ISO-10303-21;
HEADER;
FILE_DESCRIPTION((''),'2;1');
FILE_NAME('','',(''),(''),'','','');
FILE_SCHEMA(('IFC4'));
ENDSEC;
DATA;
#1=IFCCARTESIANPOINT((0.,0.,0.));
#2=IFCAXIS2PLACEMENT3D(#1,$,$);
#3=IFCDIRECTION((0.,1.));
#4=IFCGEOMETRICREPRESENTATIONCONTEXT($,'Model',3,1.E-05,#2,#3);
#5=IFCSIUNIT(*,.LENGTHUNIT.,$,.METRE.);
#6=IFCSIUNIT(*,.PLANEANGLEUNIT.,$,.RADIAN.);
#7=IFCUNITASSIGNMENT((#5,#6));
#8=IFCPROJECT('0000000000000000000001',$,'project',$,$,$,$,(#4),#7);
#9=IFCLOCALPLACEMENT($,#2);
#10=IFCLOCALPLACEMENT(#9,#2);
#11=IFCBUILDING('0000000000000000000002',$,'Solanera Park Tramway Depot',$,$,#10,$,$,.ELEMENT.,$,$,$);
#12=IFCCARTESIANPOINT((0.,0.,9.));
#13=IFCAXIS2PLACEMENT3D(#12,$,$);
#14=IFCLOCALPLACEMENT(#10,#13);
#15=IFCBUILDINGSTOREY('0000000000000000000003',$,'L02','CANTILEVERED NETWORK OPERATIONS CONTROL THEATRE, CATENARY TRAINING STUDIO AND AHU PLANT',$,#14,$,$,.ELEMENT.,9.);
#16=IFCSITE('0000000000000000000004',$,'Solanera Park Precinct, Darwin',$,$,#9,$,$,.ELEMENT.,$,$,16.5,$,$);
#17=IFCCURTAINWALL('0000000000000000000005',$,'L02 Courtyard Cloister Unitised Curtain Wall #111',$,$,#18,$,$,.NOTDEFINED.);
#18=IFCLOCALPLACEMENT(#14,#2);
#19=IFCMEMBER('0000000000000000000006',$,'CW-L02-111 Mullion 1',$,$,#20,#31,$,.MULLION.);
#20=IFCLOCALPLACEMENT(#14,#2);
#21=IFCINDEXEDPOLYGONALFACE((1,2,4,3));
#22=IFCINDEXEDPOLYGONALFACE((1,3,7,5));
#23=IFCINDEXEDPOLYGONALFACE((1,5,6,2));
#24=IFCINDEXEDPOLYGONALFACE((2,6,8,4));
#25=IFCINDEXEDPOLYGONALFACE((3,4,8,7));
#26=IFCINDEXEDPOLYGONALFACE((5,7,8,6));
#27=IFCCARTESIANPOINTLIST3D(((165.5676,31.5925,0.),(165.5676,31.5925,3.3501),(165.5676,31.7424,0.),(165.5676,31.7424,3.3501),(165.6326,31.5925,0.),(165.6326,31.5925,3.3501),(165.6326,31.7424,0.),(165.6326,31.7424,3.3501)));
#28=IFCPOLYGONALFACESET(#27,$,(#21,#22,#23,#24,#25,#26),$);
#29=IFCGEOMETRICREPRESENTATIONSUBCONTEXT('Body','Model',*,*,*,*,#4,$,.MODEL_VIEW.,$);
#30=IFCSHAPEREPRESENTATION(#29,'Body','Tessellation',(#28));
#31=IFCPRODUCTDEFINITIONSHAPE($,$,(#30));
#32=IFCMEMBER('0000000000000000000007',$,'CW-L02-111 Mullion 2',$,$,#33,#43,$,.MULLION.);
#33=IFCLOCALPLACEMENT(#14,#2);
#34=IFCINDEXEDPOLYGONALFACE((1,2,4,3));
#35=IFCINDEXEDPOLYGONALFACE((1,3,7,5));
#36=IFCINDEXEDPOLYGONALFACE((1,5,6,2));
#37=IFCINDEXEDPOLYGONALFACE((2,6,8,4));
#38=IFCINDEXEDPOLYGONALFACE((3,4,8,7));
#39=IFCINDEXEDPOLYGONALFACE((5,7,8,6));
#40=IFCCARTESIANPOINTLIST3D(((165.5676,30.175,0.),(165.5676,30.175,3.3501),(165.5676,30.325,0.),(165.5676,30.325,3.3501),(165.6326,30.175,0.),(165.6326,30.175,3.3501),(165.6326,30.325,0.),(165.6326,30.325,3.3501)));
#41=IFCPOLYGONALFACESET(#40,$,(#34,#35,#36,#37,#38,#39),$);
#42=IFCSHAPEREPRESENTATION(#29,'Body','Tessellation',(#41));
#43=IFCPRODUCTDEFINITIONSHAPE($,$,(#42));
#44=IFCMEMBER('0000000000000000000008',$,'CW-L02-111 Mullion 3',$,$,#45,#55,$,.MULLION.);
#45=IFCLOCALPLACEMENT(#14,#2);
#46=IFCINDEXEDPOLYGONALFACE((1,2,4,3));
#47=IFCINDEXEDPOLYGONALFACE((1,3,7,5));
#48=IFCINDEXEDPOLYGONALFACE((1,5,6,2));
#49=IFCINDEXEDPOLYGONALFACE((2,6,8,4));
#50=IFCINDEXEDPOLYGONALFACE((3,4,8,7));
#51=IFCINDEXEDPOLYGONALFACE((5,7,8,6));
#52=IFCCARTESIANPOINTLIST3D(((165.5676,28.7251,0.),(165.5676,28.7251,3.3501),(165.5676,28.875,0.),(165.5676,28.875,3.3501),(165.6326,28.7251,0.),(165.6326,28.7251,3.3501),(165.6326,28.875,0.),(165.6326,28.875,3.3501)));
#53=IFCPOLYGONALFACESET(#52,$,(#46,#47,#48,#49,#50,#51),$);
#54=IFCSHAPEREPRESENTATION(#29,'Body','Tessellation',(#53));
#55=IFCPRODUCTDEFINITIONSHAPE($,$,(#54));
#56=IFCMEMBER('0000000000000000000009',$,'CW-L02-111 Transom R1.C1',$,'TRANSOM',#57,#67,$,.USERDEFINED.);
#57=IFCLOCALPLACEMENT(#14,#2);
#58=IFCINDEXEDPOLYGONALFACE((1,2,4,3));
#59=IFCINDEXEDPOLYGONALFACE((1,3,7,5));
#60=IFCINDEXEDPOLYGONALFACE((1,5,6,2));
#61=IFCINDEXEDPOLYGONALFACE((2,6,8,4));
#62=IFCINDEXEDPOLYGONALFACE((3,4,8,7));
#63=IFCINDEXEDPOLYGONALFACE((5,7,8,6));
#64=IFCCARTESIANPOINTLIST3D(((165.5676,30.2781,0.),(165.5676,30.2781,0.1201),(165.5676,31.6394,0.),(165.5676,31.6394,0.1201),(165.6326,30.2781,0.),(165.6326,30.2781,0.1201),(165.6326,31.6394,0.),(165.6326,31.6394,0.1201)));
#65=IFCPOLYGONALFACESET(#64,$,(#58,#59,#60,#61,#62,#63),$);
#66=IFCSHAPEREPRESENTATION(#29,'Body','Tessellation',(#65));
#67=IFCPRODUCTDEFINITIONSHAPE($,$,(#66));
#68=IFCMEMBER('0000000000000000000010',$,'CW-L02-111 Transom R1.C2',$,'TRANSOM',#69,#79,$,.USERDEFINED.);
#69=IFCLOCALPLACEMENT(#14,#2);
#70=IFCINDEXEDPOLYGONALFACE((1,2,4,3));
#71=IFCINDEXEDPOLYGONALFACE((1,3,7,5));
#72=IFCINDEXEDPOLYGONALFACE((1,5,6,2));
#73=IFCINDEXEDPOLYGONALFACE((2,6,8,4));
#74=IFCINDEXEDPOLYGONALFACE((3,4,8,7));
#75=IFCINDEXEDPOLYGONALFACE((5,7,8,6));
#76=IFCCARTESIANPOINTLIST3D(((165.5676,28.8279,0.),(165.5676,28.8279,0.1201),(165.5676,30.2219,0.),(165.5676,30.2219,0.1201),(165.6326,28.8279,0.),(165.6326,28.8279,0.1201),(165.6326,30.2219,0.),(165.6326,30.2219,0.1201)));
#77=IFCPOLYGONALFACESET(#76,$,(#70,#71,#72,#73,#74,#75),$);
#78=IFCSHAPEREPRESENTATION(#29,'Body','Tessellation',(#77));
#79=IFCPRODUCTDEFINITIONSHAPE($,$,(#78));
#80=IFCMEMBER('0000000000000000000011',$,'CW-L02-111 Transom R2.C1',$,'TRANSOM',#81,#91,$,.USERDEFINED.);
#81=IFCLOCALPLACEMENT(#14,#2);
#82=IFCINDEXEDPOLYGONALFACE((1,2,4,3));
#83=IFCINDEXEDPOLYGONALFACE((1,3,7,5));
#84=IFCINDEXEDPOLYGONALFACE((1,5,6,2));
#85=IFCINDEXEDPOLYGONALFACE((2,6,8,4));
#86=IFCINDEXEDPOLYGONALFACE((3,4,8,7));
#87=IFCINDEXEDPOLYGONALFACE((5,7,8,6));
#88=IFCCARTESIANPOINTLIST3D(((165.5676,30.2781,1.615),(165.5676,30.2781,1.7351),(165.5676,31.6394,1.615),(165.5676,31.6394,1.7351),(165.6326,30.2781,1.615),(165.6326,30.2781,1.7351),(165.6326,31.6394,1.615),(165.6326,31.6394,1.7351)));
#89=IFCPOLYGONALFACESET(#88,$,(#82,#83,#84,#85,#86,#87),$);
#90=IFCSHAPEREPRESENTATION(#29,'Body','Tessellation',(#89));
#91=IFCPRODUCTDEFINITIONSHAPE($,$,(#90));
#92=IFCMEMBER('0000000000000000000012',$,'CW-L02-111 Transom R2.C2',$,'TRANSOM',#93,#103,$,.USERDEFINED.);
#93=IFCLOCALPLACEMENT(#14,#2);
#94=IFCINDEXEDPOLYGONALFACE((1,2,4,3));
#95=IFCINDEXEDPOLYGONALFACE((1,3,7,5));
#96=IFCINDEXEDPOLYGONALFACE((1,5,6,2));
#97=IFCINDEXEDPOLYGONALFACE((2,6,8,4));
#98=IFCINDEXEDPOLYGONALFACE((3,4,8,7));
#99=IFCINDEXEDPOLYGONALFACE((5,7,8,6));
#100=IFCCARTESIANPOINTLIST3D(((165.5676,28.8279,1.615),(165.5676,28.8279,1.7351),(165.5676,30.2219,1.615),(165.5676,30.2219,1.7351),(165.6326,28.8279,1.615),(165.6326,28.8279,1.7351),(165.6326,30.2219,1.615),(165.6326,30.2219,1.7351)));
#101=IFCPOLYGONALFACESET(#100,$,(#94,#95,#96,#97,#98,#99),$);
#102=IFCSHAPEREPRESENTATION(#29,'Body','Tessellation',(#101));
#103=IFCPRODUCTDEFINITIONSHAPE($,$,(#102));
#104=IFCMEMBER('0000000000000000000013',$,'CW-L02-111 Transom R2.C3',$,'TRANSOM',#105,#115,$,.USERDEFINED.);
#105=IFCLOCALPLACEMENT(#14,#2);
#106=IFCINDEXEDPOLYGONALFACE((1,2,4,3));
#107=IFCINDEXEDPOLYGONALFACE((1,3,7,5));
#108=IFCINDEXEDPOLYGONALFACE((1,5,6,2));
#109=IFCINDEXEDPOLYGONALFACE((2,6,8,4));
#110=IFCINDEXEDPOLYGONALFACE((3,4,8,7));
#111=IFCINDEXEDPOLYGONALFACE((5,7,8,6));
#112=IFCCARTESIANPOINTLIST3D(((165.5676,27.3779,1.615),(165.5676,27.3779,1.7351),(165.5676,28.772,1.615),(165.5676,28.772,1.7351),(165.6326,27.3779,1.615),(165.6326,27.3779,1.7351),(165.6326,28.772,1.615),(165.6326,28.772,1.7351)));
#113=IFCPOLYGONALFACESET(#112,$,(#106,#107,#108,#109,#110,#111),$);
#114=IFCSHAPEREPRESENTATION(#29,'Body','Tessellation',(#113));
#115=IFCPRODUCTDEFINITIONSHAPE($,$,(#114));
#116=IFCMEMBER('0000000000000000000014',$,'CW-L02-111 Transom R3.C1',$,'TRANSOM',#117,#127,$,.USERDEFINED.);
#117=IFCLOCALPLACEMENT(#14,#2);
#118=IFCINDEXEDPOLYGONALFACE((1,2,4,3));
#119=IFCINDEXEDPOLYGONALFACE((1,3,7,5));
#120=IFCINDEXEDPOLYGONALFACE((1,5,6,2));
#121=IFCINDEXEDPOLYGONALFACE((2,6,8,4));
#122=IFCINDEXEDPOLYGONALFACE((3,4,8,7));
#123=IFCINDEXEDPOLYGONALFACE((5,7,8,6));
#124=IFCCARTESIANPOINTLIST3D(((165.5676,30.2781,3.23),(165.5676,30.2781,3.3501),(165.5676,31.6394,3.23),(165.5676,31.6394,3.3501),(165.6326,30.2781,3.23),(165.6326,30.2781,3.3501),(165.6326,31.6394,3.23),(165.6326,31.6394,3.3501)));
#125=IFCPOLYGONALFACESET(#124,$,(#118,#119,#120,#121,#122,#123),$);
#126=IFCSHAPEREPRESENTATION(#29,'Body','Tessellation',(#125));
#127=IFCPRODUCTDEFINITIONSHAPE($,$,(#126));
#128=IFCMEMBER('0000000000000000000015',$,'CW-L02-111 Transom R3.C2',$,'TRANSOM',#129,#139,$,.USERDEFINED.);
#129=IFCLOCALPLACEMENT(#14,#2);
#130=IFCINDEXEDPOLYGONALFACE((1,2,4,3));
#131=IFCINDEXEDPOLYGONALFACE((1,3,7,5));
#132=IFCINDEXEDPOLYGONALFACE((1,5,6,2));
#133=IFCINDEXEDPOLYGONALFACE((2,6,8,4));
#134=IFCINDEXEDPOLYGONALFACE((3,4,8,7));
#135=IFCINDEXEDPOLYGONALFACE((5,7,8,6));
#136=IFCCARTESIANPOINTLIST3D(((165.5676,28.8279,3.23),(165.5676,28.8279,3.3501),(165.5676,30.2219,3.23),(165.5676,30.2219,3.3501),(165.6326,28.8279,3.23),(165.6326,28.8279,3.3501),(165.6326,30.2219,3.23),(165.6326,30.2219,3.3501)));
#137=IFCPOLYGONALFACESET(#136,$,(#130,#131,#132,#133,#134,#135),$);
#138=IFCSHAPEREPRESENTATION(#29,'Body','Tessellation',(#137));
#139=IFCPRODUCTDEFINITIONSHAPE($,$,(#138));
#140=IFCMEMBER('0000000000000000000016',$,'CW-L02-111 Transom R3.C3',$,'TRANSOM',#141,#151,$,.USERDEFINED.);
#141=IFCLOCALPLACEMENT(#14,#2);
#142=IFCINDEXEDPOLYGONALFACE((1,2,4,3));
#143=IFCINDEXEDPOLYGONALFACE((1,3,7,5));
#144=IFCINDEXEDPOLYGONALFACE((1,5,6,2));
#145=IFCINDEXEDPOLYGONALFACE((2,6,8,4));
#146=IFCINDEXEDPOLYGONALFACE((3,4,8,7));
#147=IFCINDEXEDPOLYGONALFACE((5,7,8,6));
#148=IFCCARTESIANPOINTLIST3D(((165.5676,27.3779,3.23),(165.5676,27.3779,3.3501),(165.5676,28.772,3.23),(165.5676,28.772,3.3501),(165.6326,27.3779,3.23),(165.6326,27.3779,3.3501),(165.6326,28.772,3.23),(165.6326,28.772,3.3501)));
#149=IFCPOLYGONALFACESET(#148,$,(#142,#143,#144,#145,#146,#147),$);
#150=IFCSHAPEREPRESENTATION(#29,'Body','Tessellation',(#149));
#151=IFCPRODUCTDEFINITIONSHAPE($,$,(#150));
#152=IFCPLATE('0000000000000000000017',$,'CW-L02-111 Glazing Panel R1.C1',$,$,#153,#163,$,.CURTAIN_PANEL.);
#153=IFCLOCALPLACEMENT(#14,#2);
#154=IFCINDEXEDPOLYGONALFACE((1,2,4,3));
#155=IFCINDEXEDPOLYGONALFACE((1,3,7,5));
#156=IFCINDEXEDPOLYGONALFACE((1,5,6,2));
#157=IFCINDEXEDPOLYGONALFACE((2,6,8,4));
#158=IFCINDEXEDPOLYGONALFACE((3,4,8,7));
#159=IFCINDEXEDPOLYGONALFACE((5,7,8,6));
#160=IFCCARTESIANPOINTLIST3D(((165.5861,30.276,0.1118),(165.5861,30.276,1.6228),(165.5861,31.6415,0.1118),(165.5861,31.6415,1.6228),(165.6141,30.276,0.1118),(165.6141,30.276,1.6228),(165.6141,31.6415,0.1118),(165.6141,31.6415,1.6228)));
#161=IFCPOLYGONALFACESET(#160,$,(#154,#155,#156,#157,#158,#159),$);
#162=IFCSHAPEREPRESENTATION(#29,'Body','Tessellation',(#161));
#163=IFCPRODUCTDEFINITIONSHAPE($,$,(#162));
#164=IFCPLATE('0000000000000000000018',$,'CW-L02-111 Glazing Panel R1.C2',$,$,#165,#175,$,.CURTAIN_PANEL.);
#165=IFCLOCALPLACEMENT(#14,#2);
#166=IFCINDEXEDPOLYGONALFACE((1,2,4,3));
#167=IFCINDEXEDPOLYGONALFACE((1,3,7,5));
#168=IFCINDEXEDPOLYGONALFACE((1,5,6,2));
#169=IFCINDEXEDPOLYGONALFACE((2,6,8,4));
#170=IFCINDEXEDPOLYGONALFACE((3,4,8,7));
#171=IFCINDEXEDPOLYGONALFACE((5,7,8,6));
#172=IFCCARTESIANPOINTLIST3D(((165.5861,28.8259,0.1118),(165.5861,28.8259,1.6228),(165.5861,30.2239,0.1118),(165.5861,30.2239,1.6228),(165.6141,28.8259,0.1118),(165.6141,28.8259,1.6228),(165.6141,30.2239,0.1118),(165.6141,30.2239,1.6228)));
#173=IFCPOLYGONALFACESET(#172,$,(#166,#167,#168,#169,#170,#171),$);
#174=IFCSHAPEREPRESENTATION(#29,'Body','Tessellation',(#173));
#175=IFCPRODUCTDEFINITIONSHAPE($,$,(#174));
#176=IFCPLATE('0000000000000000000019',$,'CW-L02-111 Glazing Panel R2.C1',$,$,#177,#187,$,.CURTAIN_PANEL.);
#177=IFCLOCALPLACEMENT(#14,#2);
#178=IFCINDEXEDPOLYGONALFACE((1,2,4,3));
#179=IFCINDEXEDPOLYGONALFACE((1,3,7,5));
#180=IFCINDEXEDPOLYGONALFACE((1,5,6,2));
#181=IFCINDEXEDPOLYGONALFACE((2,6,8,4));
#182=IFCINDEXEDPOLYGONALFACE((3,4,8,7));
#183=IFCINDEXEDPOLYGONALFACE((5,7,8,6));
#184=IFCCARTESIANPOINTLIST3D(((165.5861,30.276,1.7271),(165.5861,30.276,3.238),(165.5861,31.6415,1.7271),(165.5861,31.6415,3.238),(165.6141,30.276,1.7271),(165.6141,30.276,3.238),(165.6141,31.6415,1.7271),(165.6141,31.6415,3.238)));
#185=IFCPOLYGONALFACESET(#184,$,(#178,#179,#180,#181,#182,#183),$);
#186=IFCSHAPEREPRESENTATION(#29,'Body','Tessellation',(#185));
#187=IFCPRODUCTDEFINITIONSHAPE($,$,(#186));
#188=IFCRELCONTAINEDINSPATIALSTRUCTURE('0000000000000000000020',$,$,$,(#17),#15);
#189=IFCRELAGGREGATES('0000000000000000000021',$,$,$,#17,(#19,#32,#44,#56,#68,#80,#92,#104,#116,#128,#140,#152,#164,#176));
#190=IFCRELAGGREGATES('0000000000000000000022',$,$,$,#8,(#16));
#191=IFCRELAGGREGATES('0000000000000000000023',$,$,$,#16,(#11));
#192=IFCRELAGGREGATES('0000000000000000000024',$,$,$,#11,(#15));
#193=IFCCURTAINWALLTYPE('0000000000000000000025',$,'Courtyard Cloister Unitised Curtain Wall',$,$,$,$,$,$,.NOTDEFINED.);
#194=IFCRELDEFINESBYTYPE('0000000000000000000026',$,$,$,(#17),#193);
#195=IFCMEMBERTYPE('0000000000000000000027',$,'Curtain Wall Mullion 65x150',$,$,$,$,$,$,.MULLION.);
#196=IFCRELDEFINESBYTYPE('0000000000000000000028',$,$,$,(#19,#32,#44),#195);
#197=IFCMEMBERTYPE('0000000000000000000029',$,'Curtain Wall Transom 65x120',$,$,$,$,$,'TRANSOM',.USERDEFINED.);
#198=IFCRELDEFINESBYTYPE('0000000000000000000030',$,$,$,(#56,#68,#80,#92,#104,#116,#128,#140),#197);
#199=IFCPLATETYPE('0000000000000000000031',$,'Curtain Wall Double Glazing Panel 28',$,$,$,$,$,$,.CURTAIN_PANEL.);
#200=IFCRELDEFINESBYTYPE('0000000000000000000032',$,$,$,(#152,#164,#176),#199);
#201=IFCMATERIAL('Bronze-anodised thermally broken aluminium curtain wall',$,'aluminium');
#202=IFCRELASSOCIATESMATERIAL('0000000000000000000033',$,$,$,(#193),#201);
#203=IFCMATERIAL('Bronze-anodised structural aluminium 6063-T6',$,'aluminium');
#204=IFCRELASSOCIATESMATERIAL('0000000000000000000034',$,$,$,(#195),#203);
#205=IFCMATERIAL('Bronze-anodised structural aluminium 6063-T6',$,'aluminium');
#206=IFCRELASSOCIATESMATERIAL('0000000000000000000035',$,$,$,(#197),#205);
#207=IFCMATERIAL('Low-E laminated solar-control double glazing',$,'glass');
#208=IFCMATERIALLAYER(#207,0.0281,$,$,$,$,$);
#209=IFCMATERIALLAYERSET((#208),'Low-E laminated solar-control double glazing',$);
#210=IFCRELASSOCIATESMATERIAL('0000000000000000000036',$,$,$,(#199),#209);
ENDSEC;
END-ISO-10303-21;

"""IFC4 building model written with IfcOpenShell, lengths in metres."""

from ifc_helpers import new_model, si_unit, direction, frame, origin, origin_2d, place, context, subcontext, project, spatial, rectangle, extrude, material, layer, layer_set, material_profile, profile_set, type_object, element, aggregate, save


model = new_model("IFC4")

# Units and contexts
model_context = context("Model", 3, precision=1e-05, world=origin(), true_north=direction((0.0, 1.0)))
body_context = subcontext(model_context, "Body", "Model", "MODEL_VIEW")
ifc_project = project(units=[si_unit("LENGTHUNIT", "METRE"), si_unit("PLANEANGLEUNIT", "RADIAN")], contexts=[model_context])

# Site, building, storey
site_placement = place(None, origin())
site = spatial("IfcSite", under=ifc_project, at=site_placement, Name="Solanera Park Precinct, Darwin", CompositionType="ELEMENT", RefElevation=16.5)
building_placement = place(site_placement, origin())
building = spatial("IfcBuilding", under=site, at=building_placement, Name="Solanera Park Tramway Depot", CompositionType="ELEMENT")
storey_placement = place(building_placement, frame((0.0, 0.0, 9.0)))
storey = spatial("IfcBuildingStorey", under=building, at=storey_placement, Name="L02", Description="CANTILEVERED NETWORK OPERATIONS CONTROL THEATRE, CATENARY TRAINING STUDIO AND AHU PLANT", CompositionType="ELEMENT", Elevation=9.0)

# Curtain wall, members, plates
ifc_material_1 = material(Name="Bronze-anodised thermally broken aluminium curtain wall", Category="aluminium")
curtain_wall_type = type_object("IfcCurtainWallType", Name="Courtyard Cloister Unitised Curtain Wall", PredefinedType="NOTDEFINED", material=ifc_material_1)
curtain_wall_placement = place(storey_placement, origin())
curtain_wall = element("IfcCurtainWall", 1, at=curtain_wall_placement, inside=storey, type_object=curtain_wall_type, Name="L02 Courtyard Cloister Unitised Curtain Wall #111", PredefinedType="NOTDEFINED")
ifc_material_2 = material(Name="Bronze-anodised structural aluminium 6063-T6", Category="aluminium")
ifc_material_profile_1 = material_profile(ifc_material_2, rectangle(XDim=0.0649, YDim=0.1499, at=origin_2d()), Name="Curtain Wall Mullion 65x150")
ifc_profile_set_1 = profile_set([ifc_material_profile_1], Name="Bronze-anodised structural aluminium 6063-T6")
member_type_1 = type_object("IfcMemberType", Name="Curtain Wall Mullion 65x150", PredefinedType="MULLION", material=ifc_profile_set_1)
member_1_placement = place(storey_placement, frame((165.6001, 31.6675, 0.0), z_axis=(0.0, 0.0, 1.0), x_axis=(1.0, 0.0, 0.0)))
member_1 = element("IfcMember", 2, at=member_1_placement, type_object=member_type_1, Name="CW-L02-111 Mullion 1", PredefinedType="MULLION", context=body_context, shape_type="SweptSolid", body=[
    extrude(rectangle(XDim=0.0649, YDim=0.1499, at=origin_2d()), origin(), (0.0, 0.0, 1.0), 3.3501),
])
member_2_placement = place(storey_placement, frame((165.6001, 30.25, 0.0), z_axis=(0.0, 0.0, 1.0), x_axis=(1.0, 0.0, 0.0)))
member_2 = element("IfcMember", 3, at=member_2_placement, type_object=member_type_1, Name="CW-L02-111 Mullion 2", PredefinedType="MULLION", context=body_context, shape_type="SweptSolid", body=[
    extrude(rectangle(XDim=0.0649, YDim=0.1499, at=origin_2d()), origin(), (0.0, 0.0, 1.0), 3.3501),
])
member_3_placement = place(storey_placement, frame((165.6001, 28.8, 0.0), z_axis=(0.0, 0.0, 1.0), x_axis=(1.0, 0.0, 0.0)))
member_3 = element("IfcMember", 4, at=member_3_placement, type_object=member_type_1, Name="CW-L02-111 Mullion 3", PredefinedType="MULLION", context=body_context, shape_type="SweptSolid", body=[
    extrude(rectangle(XDim=0.0649, YDim=0.1499, at=origin_2d()), origin(), (0.0, 0.0, 1.0), 3.3501),
])
ifc_material_3 = material(Name="Bronze-anodised structural aluminium 6063-T6", Category="aluminium")
ifc_material_profile_2 = material_profile(ifc_material_3, rectangle(XDim=0.0649, YDim=0.1201, at=origin_2d()), Name="Curtain Wall Transom 65x120")
ifc_profile_set_2 = profile_set([ifc_material_profile_2], Name="Bronze-anodised structural aluminium 6063-T6")
member_type_2 = type_object("IfcMemberType", Name="Curtain Wall Transom 65x120", ElementType="TRANSOM", PredefinedType="USERDEFINED", material=ifc_profile_set_2)
member_4_placement = place(storey_placement, frame((165.6001, 31.6394, 0.0601), z_axis=(0.0, -1.0, 0.0), x_axis=(1.0, 0.0, 0.0)))
member_4 = element("IfcMember", 5, at=member_4_placement, type_object=member_type_2, Name="CW-L02-111 Transom R1.C1", ObjectType="TRANSOM", PredefinedType="USERDEFINED", context=body_context, shape_type="SweptSolid", body=[
    extrude(rectangle(XDim=0.0649, YDim=0.1201, at=origin_2d()), origin(), (0.0, 0.0, 1.0), 1.3613),
])
member_5_placement = place(storey_placement, frame((165.6001, 30.2219, 0.0601), z_axis=(0.0, -1.0, 0.0), x_axis=(1.0, 0.0, 0.0)))
member_5 = element("IfcMember", 6, at=member_5_placement, type_object=member_type_2, Name="CW-L02-111 Transom R1.C2", ObjectType="TRANSOM", PredefinedType="USERDEFINED", context=body_context, shape_type="SweptSolid", body=[
    extrude(rectangle(XDim=0.0649, YDim=0.1201, at=origin_2d()), origin(), (0.0, 0.0, 1.0), 1.394),
])
member_6_placement = place(storey_placement, frame((165.6001, 31.6394, 1.675), z_axis=(0.0, -1.0, 0.0), x_axis=(1.0, 0.0, 0.0)))
member_6 = element("IfcMember", 7, at=member_6_placement, type_object=member_type_2, Name="CW-L02-111 Transom R2.C1", ObjectType="TRANSOM", PredefinedType="USERDEFINED", context=body_context, shape_type="SweptSolid", body=[
    extrude(rectangle(XDim=0.0649, YDim=0.1201, at=origin_2d()), origin(), (0.0, 0.0, 1.0), 1.3613),
])
member_7_placement = place(storey_placement, frame((165.6001, 30.2219, 1.675), z_axis=(0.0, -1.0, 0.0), x_axis=(1.0, 0.0, 0.0)))
member_7 = element("IfcMember", 8, at=member_7_placement, type_object=member_type_2, Name="CW-L02-111 Transom R2.C2", ObjectType="TRANSOM", PredefinedType="USERDEFINED", context=body_context, shape_type="SweptSolid", body=[
    extrude(rectangle(XDim=0.0649, YDim=0.1201, at=origin_2d()), origin(), (0.0, 0.0, 1.0), 1.394),
])
member_8_placement = place(storey_placement, frame((165.6001, 28.772, 1.675), z_axis=(0.0, -1.0, 0.0), x_axis=(1.0, 0.0, 0.0)))
member_8 = element("IfcMember", 9, at=member_8_placement, type_object=member_type_2, Name="CW-L02-111 Transom R2.C3", ObjectType="TRANSOM", PredefinedType="USERDEFINED", context=body_context, shape_type="SweptSolid", body=[
    extrude(rectangle(XDim=0.0649, YDim=0.1201, at=origin_2d()), origin(), (0.0, 0.0, 1.0), 1.394),
])
member_9_placement = place(storey_placement, frame((165.6001, 31.6394, 3.29), z_axis=(0.0, -1.0, 0.0), x_axis=(1.0, 0.0, 0.0)))
member_9 = element("IfcMember", 10, at=member_9_placement, type_object=member_type_2, Name="CW-L02-111 Transom R3.C1", ObjectType="TRANSOM", PredefinedType="USERDEFINED", context=body_context, shape_type="SweptSolid", body=[
    extrude(rectangle(XDim=0.0649, YDim=0.1201, at=origin_2d()), origin(), (0.0, 0.0, 1.0), 1.3613),
])
member_10_placement = place(storey_placement, frame((165.6001, 30.2219, 3.29), z_axis=(0.0, -1.0, 0.0), x_axis=(1.0, 0.0, 0.0)))
member_10 = element("IfcMember", 11, at=member_10_placement, type_object=member_type_2, Name="CW-L02-111 Transom R3.C2", ObjectType="TRANSOM", PredefinedType="USERDEFINED", context=body_context, shape_type="SweptSolid", body=[
    extrude(rectangle(XDim=0.0649, YDim=0.1201, at=origin_2d()), origin(), (0.0, 0.0, 1.0), 1.394),
])
member_11_placement = place(storey_placement, frame((165.6001, 28.772, 3.29), z_axis=(0.0, -1.0, 0.0), x_axis=(1.0, 0.0, 0.0)))
member_11 = element("IfcMember", 12, at=member_11_placement, type_object=member_type_2, Name="CW-L02-111 Transom R3.C3", ObjectType="TRANSOM", PredefinedType="USERDEFINED", context=body_context, shape_type="SweptSolid", body=[
    extrude(rectangle(XDim=0.0649, YDim=0.1201, at=origin_2d()), origin(), (0.0, 0.0, 1.0), 1.394),
])
ifc_material_4 = material(Name="Low-E laminated solar-control double glazing", Category="glass")
ifc_layer = layer(ifc_material_4, 0.0281)
ifc_layer_set = layer_set([ifc_layer], Name="Low-E laminated solar-control double glazing")
plate_type = type_object("IfcPlateType", Name="Curtain Wall Double Glazing Panel 28", PredefinedType="CURTAIN_PANEL", material=ifc_layer_set)
plate_1_placement = place(storey_placement, frame((165.6001, 30.9587, 0.1118), z_axis=(0.0, 0.0, 1.0), x_axis=(0.0, -1.0, 0.0)))
plate_1 = element("IfcPlate", 13, at=plate_1_placement, type_object=plate_type, Name="CW-L02-111 Glazing Panel R1.C1", PredefinedType="CURTAIN_PANEL", context=body_context, shape_type="SweptSolid", body=[
    extrude(rectangle(XDim=1.3655, YDim=0.0281, at=origin_2d()), origin(), (0.0, 0.0, 1.0), 1.511),
])
plate_2_placement = place(storey_placement, frame((165.6001, 29.5249, 0.1118), z_axis=(0.0, 0.0, 1.0), x_axis=(0.0, -1.0, 0.0)))
plate_2 = element("IfcPlate", 14, at=plate_2_placement, type_object=plate_type, Name="CW-L02-111 Glazing Panel R1.C2", PredefinedType="CURTAIN_PANEL", context=body_context, shape_type="SweptSolid", body=[
    extrude(rectangle(XDim=1.3979, YDim=0.0281, at=origin_2d()), origin(), (0.0, 0.0, 1.0), 1.511),
])
plate_3_placement = place(storey_placement, frame((165.6001, 30.9587, 1.7271), z_axis=(0.0, 0.0, 1.0), x_axis=(0.0, -1.0, 0.0)))
plate_3 = element("IfcPlate", 15, at=plate_3_placement, type_object=plate_type, Name="CW-L02-111 Glazing Panel R2.C1", PredefinedType="CURTAIN_PANEL", context=body_context, shape_type="SweptSolid", body=[
    extrude(rectangle(XDim=1.3655, YDim=0.0281, at=origin_2d()), origin(), (0.0, 0.0, 1.0), 1.511),
])
aggregate(curtain_wall, [member_1, member_2, member_3, member_4, member_5, member_6, member_7, member_8, member_9, member_10, member_11, plate_1, plate_2, plate_3])

save(model, "model.ifc")
